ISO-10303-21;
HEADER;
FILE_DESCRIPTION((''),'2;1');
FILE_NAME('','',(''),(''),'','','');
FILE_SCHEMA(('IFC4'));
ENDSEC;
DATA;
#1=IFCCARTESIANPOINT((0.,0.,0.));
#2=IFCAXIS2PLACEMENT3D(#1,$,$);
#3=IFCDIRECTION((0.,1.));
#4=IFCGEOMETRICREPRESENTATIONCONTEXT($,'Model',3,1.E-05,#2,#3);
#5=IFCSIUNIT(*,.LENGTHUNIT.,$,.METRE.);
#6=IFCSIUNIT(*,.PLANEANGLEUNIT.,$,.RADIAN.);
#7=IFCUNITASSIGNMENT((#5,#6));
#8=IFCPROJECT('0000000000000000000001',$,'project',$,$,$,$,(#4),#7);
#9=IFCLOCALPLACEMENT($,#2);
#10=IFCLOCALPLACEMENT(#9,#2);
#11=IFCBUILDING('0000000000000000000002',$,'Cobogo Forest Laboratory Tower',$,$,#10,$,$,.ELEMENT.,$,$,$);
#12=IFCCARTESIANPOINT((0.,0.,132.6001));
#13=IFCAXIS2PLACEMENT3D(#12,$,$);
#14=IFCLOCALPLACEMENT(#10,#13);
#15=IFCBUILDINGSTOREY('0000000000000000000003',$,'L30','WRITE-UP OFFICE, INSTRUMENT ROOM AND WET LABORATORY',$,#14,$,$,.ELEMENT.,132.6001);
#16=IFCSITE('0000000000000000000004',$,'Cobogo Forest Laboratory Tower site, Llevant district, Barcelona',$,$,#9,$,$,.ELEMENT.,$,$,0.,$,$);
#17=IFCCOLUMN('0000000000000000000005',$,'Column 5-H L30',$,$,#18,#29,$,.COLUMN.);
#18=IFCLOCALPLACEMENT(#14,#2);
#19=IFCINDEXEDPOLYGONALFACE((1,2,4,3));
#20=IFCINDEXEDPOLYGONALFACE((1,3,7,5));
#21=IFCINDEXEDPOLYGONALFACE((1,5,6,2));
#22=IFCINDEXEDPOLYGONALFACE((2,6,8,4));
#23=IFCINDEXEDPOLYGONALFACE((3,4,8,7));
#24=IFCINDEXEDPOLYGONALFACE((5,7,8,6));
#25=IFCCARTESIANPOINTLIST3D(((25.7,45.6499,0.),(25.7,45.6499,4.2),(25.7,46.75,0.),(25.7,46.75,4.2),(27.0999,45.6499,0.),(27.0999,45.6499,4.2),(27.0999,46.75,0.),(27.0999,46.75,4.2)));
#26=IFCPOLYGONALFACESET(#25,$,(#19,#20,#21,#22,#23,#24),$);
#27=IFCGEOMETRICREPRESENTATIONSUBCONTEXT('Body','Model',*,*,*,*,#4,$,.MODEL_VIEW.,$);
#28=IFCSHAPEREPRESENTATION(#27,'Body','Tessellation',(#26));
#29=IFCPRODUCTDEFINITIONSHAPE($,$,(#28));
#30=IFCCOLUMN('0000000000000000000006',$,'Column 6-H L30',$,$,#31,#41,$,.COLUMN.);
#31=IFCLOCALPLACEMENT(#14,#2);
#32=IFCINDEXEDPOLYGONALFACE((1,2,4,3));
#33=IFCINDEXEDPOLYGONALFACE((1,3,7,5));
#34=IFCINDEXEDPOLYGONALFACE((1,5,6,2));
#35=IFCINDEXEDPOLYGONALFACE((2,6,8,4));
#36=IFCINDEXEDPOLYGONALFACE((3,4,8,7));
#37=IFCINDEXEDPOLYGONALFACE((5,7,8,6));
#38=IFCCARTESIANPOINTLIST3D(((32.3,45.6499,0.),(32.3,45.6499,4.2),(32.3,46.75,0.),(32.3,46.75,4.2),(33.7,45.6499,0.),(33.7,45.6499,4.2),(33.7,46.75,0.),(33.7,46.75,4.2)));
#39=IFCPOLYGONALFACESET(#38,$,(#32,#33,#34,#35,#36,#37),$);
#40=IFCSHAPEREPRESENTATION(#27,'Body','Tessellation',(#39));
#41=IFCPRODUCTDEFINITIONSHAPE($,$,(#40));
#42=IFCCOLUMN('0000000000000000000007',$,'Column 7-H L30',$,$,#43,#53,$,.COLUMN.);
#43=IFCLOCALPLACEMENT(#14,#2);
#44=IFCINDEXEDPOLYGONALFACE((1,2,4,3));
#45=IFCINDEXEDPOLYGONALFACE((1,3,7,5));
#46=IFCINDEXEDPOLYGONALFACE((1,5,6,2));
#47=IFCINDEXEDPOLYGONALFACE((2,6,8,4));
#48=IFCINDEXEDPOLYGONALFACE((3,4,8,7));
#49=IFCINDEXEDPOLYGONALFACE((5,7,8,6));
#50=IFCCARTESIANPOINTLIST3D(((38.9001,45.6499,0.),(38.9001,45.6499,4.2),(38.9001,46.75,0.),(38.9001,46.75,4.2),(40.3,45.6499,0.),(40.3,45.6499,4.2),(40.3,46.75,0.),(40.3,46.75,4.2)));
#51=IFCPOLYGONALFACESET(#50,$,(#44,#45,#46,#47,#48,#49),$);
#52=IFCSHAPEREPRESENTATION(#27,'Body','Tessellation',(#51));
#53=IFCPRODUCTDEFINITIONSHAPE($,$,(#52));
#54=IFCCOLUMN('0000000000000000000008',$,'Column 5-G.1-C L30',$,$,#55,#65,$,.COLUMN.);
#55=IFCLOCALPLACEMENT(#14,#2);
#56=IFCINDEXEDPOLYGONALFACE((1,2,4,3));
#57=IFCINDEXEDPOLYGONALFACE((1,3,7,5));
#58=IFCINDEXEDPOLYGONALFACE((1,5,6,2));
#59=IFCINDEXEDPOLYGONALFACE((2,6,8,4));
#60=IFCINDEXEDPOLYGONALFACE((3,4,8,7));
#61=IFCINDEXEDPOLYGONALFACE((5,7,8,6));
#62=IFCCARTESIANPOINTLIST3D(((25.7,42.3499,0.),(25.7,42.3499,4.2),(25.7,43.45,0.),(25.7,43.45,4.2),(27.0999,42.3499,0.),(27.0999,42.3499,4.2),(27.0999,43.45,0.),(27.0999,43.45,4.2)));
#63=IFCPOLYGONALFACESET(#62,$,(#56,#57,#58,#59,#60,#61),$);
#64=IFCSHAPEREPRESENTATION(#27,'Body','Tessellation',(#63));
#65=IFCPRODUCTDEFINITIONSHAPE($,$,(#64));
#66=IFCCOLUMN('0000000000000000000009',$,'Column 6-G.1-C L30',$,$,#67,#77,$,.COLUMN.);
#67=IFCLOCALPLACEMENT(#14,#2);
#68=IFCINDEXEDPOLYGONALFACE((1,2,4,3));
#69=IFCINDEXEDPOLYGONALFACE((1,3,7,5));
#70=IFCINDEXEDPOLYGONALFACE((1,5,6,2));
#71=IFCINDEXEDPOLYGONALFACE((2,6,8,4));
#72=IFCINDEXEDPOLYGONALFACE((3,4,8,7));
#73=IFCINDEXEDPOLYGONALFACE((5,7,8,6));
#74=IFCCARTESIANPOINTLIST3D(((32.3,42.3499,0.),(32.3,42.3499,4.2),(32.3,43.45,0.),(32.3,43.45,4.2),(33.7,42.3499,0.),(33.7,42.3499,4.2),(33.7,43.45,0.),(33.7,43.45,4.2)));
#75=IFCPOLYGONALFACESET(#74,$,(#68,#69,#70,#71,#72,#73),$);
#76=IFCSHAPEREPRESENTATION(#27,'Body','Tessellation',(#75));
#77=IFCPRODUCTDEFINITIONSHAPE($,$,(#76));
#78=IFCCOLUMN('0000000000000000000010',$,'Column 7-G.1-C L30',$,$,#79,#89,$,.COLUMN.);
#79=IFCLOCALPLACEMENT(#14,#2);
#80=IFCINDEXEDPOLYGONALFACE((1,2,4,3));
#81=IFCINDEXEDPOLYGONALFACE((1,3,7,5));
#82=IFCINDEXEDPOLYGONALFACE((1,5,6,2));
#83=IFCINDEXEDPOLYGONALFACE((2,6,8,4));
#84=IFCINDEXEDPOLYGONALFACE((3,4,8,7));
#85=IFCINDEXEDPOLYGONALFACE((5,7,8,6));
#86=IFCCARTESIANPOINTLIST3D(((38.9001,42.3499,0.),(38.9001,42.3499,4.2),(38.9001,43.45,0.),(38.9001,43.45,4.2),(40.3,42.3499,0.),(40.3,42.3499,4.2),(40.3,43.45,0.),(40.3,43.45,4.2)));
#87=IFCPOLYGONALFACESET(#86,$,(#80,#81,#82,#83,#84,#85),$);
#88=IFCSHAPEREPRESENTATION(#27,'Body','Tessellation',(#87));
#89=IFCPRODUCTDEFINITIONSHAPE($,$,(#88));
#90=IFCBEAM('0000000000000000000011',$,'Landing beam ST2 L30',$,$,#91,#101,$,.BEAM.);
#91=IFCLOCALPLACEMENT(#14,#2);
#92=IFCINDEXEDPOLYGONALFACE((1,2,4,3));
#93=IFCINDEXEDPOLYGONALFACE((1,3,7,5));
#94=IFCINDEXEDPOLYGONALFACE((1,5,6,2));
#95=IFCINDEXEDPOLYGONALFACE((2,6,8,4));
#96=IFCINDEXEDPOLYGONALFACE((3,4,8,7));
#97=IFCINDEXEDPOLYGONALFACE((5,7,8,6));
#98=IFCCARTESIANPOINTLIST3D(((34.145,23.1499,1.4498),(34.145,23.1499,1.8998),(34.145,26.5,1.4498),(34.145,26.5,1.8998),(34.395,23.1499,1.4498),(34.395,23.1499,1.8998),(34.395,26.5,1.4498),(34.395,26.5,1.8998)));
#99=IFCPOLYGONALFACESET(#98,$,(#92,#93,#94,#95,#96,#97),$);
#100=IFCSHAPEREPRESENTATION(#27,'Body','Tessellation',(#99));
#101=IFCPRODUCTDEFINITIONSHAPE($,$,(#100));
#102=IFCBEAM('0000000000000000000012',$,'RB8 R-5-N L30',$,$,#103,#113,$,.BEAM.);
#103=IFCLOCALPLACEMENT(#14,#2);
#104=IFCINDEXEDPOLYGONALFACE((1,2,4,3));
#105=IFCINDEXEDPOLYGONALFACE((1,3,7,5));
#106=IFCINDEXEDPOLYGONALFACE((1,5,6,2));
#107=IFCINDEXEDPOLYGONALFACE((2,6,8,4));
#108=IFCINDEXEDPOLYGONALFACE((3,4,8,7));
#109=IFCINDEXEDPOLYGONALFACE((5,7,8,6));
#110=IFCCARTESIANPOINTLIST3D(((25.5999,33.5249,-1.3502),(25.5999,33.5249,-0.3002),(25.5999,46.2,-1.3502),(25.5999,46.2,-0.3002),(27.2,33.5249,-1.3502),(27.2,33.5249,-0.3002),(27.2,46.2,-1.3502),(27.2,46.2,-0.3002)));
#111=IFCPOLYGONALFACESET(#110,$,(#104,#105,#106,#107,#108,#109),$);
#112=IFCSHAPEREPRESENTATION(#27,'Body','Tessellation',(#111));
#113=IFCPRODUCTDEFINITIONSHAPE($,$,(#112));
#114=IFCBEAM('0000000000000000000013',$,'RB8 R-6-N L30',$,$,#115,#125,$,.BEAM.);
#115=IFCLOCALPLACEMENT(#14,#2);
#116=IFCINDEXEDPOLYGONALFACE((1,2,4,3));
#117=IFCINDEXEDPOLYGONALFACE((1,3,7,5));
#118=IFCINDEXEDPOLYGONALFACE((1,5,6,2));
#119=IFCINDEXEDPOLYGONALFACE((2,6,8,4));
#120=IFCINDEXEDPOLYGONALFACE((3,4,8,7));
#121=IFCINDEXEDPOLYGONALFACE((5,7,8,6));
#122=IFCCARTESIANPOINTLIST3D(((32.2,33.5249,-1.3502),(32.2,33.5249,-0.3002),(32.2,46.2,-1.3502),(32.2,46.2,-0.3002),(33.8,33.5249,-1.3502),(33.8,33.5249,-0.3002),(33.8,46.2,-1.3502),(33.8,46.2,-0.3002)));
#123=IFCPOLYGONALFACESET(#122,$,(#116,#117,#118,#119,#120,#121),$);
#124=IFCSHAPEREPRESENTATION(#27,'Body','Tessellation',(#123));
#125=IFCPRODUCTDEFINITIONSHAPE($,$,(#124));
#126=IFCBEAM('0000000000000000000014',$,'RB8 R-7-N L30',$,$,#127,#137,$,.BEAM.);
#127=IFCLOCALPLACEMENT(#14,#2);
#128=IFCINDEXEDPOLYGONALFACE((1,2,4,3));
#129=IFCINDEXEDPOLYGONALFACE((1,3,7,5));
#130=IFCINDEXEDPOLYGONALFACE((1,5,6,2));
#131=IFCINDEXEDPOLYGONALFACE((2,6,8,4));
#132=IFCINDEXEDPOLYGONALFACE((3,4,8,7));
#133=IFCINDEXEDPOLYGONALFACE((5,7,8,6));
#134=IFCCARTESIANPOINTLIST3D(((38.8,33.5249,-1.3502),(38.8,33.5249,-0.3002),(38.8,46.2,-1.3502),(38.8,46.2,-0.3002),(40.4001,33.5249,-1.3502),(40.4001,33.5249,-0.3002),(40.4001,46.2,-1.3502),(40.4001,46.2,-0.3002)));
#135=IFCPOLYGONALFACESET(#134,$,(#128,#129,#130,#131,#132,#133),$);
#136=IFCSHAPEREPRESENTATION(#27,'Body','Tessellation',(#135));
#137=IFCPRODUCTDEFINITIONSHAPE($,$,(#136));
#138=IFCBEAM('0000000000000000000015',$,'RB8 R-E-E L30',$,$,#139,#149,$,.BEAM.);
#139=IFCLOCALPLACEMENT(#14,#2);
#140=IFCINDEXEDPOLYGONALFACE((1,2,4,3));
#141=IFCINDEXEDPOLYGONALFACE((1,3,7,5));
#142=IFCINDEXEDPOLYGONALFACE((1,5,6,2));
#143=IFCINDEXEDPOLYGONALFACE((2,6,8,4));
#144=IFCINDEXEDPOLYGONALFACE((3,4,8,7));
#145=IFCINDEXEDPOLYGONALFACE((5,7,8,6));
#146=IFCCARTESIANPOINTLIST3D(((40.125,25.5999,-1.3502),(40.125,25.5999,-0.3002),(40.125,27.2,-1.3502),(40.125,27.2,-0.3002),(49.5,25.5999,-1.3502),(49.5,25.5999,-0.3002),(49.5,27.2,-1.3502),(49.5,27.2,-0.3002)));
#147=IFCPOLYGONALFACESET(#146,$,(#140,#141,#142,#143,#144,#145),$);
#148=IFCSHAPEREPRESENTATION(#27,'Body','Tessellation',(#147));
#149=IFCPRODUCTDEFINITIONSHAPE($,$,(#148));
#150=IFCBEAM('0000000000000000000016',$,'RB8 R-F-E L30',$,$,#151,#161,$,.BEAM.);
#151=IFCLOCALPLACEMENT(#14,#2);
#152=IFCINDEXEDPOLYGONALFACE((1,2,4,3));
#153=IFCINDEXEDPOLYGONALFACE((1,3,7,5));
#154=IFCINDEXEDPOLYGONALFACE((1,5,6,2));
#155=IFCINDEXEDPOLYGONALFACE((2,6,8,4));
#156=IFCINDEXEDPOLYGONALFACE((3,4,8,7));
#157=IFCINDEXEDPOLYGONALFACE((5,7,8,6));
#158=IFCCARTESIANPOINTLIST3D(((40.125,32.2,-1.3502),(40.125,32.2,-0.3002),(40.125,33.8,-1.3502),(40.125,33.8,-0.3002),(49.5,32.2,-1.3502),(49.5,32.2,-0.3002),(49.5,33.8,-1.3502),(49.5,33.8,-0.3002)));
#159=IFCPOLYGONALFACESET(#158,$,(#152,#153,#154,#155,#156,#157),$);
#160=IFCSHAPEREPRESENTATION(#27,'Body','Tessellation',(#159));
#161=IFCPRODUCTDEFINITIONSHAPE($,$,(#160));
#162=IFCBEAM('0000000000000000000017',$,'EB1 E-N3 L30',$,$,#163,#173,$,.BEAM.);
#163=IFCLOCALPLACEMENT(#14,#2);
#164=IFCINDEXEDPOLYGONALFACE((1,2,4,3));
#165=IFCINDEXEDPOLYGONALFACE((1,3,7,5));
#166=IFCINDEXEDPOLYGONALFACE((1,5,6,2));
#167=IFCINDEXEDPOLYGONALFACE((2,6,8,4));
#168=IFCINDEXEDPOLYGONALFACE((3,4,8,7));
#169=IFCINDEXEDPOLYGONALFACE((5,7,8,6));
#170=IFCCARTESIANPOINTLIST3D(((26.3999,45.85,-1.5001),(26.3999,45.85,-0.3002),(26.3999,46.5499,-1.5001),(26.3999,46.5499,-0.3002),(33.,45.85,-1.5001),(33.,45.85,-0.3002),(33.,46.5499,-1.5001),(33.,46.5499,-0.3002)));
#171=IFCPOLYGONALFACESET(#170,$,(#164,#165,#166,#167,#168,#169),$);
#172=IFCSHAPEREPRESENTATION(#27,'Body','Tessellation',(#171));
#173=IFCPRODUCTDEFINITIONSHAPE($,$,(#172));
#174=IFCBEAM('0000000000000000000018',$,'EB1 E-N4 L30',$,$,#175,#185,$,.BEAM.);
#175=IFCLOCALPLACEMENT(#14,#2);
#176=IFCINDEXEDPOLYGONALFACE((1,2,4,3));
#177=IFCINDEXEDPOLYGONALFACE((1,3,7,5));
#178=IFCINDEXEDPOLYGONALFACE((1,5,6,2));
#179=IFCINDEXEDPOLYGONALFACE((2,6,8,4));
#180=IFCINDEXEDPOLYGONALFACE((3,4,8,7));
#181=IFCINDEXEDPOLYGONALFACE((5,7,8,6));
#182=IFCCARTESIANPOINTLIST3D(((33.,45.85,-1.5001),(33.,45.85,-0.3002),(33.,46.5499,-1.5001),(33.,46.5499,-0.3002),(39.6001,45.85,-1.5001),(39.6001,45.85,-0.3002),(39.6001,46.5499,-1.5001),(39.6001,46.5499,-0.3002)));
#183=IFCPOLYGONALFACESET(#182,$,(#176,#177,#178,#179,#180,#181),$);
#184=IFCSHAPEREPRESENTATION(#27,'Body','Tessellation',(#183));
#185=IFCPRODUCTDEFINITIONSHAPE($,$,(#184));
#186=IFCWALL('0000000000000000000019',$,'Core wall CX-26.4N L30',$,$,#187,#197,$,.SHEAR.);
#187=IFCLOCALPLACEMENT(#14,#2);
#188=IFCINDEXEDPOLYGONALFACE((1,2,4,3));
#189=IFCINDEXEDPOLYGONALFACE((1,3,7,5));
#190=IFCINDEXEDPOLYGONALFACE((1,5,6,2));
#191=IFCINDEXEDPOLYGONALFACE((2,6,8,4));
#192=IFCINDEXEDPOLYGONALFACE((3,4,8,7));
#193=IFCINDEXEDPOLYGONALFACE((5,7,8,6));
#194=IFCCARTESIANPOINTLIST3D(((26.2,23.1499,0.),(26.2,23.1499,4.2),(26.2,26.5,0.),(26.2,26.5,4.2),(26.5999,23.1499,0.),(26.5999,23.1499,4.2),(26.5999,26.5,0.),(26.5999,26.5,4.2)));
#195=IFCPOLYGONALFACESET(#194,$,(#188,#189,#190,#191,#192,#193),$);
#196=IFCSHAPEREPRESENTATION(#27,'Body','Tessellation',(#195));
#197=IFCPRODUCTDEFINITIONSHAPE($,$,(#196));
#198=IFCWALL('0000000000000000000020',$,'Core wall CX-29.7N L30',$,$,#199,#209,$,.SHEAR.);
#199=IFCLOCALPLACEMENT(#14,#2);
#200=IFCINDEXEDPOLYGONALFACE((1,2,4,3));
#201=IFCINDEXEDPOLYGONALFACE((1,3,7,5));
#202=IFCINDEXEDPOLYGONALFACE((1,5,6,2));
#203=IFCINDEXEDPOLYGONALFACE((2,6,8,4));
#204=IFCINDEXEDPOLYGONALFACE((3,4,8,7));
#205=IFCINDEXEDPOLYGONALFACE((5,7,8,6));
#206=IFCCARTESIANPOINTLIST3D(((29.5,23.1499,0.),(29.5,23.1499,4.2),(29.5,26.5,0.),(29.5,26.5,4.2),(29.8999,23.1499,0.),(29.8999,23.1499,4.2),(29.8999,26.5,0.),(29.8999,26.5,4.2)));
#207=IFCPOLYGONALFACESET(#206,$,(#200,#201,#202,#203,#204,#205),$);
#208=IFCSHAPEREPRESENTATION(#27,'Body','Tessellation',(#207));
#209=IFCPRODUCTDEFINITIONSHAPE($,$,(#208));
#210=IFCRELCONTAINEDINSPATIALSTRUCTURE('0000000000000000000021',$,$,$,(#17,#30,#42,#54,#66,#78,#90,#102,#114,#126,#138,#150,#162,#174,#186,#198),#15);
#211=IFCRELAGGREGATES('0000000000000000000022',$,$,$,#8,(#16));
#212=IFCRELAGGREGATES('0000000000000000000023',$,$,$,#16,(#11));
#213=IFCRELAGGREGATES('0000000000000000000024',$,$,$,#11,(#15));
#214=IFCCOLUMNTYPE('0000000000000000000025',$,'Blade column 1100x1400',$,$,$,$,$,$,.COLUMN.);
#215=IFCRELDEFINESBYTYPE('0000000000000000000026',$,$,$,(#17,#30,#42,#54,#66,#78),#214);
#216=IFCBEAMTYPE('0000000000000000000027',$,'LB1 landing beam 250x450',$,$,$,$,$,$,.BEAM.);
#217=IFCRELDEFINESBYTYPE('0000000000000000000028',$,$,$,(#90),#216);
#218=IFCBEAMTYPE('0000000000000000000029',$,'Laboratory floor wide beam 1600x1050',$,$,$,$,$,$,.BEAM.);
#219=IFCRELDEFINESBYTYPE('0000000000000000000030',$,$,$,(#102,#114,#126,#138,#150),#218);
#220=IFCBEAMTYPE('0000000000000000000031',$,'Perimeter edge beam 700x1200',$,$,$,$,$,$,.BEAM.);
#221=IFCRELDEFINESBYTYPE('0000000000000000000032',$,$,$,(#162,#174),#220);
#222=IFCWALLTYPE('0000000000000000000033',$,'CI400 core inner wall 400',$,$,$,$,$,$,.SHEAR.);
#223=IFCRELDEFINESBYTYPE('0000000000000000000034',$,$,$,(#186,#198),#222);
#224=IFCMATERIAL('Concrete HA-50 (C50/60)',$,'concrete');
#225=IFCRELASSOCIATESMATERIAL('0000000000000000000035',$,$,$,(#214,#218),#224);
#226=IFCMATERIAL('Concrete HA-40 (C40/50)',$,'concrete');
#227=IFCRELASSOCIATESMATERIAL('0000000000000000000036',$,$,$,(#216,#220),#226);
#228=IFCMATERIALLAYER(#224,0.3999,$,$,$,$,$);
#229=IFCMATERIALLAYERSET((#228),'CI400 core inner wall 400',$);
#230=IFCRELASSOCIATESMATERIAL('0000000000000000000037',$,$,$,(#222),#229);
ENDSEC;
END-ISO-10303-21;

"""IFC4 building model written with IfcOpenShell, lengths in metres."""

from ifc_helpers import new_model, si_unit, direction, frame, frame_2d, origin, origin_2d, place, context, subcontext, project, spatial, rectangle, extrude, material, layer, layer_set, material_profile, profile_set, type_object, element, save


model = new_model("IFC4")

# Units and contexts
model_context = context("Model", 3, precision=1e-05, world=origin(), true_north=direction((0.0, 1.0)))
body_context = subcontext(model_context, "Body", "Model", "MODEL_VIEW")
ifc_project = project(units=[si_unit("LENGTHUNIT", "METRE"), si_unit("PLANEANGLEUNIT", "RADIAN")], contexts=[model_context])

# Site, building, storey
site_placement = place(None, origin())
site = spatial("IfcSite", under=ifc_project, at=site_placement, Name="Cobogo Forest Laboratory Tower site, Llevant district, Barcelona", CompositionType="ELEMENT", RefElevation=0.0)
building_placement = place(site_placement, origin())
building = spatial("IfcBuilding", under=site, at=building_placement, Name="Cobogo Forest Laboratory Tower", CompositionType="ELEMENT")
storey_placement = place(building_placement, frame((0.0, 0.0, 132.6001)))
storey = spatial("IfcBuildingStorey", under=building, at=storey_placement, Name="L30", Description="WRITE-UP OFFICE, INSTRUMENT ROOM AND WET LABORATORY", CompositionType="ELEMENT", Elevation=132.6001)

# Columns
ifc_material_1 = material(Name="Concrete HA-50 (C50/60)", Category="concrete")
ifc_material_profile_1 = material_profile(ifc_material_1, rectangle(XDim=1.3999, YDim=1.1001, at=origin_2d()), Name="RC 1100x1400")
ifc_profile_set_1 = profile_set([ifc_material_profile_1], Name="Concrete HA-50 (C50/60)")
column_type = type_object("IfcColumnType", Name="Blade column 1100x1400", PredefinedType="COLUMN", material=ifc_profile_set_1)
for number, where, z_axis, x_axis, name in (
    (1, (26.3999, 46.2, 0.0), (0.0, 0.0, 1.0), (1.0, 0.0, 0.0), "Column 5-H L30"),
    (2, (33.0, 46.2, 0.0), (0.0, 0.0, 1.0), (1.0, 0.0, 0.0), "Column 6-H L30"),
    (3, (39.6001, 46.2, 0.0), (0.0, 0.0, 1.0), (1.0, 0.0, 0.0), "Column 7-H L30"),
    (4, (26.3999, 42.8999, 0.0), (0.0, 0.0, 1.0), (1.0, 0.0, 0.0), "Column 5-G.1-C L30"),
    (5, (33.0, 42.8999, 0.0), (0.0, 0.0, 1.0), (1.0, 0.0, 0.0), "Column 6-G.1-C L30"),
    (6, (39.6001, 42.8999, 0.0), (0.0, 0.0, 1.0), (1.0, 0.0, 0.0), "Column 7-G.1-C L30"),
):
    element("IfcColumn", number, at=place(storey_placement, frame(where, z_axis=z_axis, x_axis=x_axis)), inside=storey, type_object=column_type, Name=name, PredefinedType="COLUMN", context=body_context, shape_type="SweptSolid", body=[
        extrude(rectangle(XDim=1.3999, YDim=1.1001, at=origin_2d()), origin(), (0.0, 0.0, 1.0), 4.2),
    ])

# Beams
ifc_material_2 = material(Name="Concrete HA-40 (C40/50)", Category="concrete")
ifc_material_profile_2 = material_profile(ifc_material_2, rectangle(XDim=0.25, YDim=0.45, at=origin_2d()), Name="RC 250x450")
ifc_profile_set_2 = profile_set([ifc_material_profile_2], Name="Concrete HA-40 (C40/50)")
beam_type_1 = type_object("IfcBeamType", Name="LB1 landing beam 250x450", PredefinedType="BEAM", material=ifc_profile_set_2)
beam_placement = place(storey_placement, frame((34.27, 23.1499, 1.6748), z_axis=(0.0, 1.0, 0.0), x_axis=(-1.0, 0.0, 0.0)))
element("IfcBeam", 7, at=beam_placement, inside=storey, type_object=beam_type_1, Name="Landing beam ST2 L30", PredefinedType="BEAM", context=body_context, shape_type="SweptSolid", body=[
    extrude(rectangle(XDim=0.25, YDim=0.45, at=origin_2d()), origin(), (0.0, 0.0, 1.0), 3.3501),
])
ifc_material_profile_3 = material_profile(ifc_material_1, rectangle(XDim=1.6001, YDim=1.05, at=origin_2d()), Name="RC 1600x1050")
ifc_profile_set_3 = profile_set([ifc_material_profile_3], Name="Concrete HA-50 (C50/60)")
beam_type_2 = type_object("IfcBeamType", Name="Laboratory floor wide beam 1600x1050", PredefinedType="BEAM", material=ifc_profile_set_3)
for number, where, z_axis, x_axis, name in (
    (8, (26.3999, 33.5249, -0.8252), (0.0, 1.0, 0.0), (-1.0, 0.0, 0.0), "RB8 R-5-N L30"),
    (9, (33.0, 33.5249, -0.8252), (0.0, 1.0, 0.0), (-1.0, 0.0, 0.0), "RB8 R-6-N L30"),
    (10, (39.6001, 33.5249, -0.8252), (0.0, 1.0, 0.0), (-1.0, 0.0, 0.0), "RB8 R-7-N L30"),
):
    element("IfcBeam", number, at=place(storey_placement, frame(where, z_axis=z_axis, x_axis=x_axis)), inside=storey, type_object=beam_type_2, Name=name, PredefinedType="BEAM", context=body_context, shape_type="SweptSolid", body=[
        extrude(rectangle(XDim=1.6001, YDim=1.05, at=origin_2d()), origin(), (0.0, 0.0, 1.0), 12.675),
    ])
for number, where, z_axis, x_axis, name in (
    (11, (40.125, 26.3999, -0.8252), (1.0, 0.0, 0.0), (0.0, 1.0, 0.0), "RB8 R-E-E L30"),
    (12, (40.125, 33.0, -0.8252), (1.0, 0.0, 0.0), (0.0, 1.0, 0.0), "RB8 R-F-E L30"),
):
    element("IfcBeam", number, at=place(storey_placement, frame(where, z_axis=z_axis, x_axis=x_axis)), inside=storey, type_object=beam_type_2, Name=name, PredefinedType="BEAM", context=body_context, shape_type="SweptSolid", body=[
        extrude(rectangle(XDim=1.6001, YDim=1.05, at=origin_2d()), origin(), (0.0, 0.0, 1.0), 9.375),
    ])
ifc_material_profile_4 = material_profile(ifc_material_2, rectangle(XDim=0.7, YDim=1.2, at=origin_2d()), Name="RC 700x1200")
ifc_profile_set_4 = profile_set([ifc_material_profile_4], Name="Concrete HA-40 (C40/50)")
beam_type_3 = type_object("IfcBeamType", Name="Perimeter edge beam 700x1200", PredefinedType="BEAM", material=ifc_profile_set_4)
for number, where, z_axis, x_axis, name in (
    (13, (26.3999, 46.2, -0.9001), (1.0, 0.0, 0.0), (0.0, 1.0, 0.0), "EB1 E-N3 L30"),
    (14, (33.0, 46.2, -0.9001), (1.0, 0.0, 0.0), (0.0, 1.0, 0.0), "EB1 E-N4 L30"),
):
    element("IfcBeam", number, at=place(storey_placement, frame(where, z_axis=z_axis, x_axis=x_axis)), inside=storey, type_object=beam_type_3, Name=name, PredefinedType="BEAM", context=body_context, shape_type="SweptSolid", body=[
        extrude(rectangle(XDim=0.7, YDim=1.2, at=origin_2d()), origin(), (0.0, 0.0, 1.0), 6.6001),
    ])

# Walls
ifc_layer_1 = layer(ifc_material_1, 0.3999)
ifc_layer_set_1 = layer_set([ifc_layer_1], Name="CI400 core inner wall 400")
wall_type_1 = type_object("IfcWallType", Name="CI400 core inner wall 400", PredefinedType="SHEAR", material=ifc_layer_set_1)
for number, where, z_axis, x_axis, name in (
    (15, (26.3999, 23.1499, 0.0), (0.0, 0.0, 1.0), (0.0, 1.0, 0.0), "Core wall CX-26.4N L30"),
    (16, (29.7, 23.1499, 0.0), (0.0, 0.0, 1.0), (0.0, 1.0, 0.0), "Core wall CX-29.7N L30"),
):
    element("IfcWall", number, at=place(storey_placement, frame(where, z_axis=z_axis, x_axis=x_axis)), inside=storey, type_object=wall_type_1, Name=name, PredefinedType="SHEAR", context=body_context, shape_type="SweptSolid", body=[
        extrude(rectangle(XDim=3.3501, YDim=0.3999, at=frame_2d((1.675, 0.0))), origin(), (0.0, 0.0, 1.0), 4.2),
    ])

save(model, "model.ifc")
